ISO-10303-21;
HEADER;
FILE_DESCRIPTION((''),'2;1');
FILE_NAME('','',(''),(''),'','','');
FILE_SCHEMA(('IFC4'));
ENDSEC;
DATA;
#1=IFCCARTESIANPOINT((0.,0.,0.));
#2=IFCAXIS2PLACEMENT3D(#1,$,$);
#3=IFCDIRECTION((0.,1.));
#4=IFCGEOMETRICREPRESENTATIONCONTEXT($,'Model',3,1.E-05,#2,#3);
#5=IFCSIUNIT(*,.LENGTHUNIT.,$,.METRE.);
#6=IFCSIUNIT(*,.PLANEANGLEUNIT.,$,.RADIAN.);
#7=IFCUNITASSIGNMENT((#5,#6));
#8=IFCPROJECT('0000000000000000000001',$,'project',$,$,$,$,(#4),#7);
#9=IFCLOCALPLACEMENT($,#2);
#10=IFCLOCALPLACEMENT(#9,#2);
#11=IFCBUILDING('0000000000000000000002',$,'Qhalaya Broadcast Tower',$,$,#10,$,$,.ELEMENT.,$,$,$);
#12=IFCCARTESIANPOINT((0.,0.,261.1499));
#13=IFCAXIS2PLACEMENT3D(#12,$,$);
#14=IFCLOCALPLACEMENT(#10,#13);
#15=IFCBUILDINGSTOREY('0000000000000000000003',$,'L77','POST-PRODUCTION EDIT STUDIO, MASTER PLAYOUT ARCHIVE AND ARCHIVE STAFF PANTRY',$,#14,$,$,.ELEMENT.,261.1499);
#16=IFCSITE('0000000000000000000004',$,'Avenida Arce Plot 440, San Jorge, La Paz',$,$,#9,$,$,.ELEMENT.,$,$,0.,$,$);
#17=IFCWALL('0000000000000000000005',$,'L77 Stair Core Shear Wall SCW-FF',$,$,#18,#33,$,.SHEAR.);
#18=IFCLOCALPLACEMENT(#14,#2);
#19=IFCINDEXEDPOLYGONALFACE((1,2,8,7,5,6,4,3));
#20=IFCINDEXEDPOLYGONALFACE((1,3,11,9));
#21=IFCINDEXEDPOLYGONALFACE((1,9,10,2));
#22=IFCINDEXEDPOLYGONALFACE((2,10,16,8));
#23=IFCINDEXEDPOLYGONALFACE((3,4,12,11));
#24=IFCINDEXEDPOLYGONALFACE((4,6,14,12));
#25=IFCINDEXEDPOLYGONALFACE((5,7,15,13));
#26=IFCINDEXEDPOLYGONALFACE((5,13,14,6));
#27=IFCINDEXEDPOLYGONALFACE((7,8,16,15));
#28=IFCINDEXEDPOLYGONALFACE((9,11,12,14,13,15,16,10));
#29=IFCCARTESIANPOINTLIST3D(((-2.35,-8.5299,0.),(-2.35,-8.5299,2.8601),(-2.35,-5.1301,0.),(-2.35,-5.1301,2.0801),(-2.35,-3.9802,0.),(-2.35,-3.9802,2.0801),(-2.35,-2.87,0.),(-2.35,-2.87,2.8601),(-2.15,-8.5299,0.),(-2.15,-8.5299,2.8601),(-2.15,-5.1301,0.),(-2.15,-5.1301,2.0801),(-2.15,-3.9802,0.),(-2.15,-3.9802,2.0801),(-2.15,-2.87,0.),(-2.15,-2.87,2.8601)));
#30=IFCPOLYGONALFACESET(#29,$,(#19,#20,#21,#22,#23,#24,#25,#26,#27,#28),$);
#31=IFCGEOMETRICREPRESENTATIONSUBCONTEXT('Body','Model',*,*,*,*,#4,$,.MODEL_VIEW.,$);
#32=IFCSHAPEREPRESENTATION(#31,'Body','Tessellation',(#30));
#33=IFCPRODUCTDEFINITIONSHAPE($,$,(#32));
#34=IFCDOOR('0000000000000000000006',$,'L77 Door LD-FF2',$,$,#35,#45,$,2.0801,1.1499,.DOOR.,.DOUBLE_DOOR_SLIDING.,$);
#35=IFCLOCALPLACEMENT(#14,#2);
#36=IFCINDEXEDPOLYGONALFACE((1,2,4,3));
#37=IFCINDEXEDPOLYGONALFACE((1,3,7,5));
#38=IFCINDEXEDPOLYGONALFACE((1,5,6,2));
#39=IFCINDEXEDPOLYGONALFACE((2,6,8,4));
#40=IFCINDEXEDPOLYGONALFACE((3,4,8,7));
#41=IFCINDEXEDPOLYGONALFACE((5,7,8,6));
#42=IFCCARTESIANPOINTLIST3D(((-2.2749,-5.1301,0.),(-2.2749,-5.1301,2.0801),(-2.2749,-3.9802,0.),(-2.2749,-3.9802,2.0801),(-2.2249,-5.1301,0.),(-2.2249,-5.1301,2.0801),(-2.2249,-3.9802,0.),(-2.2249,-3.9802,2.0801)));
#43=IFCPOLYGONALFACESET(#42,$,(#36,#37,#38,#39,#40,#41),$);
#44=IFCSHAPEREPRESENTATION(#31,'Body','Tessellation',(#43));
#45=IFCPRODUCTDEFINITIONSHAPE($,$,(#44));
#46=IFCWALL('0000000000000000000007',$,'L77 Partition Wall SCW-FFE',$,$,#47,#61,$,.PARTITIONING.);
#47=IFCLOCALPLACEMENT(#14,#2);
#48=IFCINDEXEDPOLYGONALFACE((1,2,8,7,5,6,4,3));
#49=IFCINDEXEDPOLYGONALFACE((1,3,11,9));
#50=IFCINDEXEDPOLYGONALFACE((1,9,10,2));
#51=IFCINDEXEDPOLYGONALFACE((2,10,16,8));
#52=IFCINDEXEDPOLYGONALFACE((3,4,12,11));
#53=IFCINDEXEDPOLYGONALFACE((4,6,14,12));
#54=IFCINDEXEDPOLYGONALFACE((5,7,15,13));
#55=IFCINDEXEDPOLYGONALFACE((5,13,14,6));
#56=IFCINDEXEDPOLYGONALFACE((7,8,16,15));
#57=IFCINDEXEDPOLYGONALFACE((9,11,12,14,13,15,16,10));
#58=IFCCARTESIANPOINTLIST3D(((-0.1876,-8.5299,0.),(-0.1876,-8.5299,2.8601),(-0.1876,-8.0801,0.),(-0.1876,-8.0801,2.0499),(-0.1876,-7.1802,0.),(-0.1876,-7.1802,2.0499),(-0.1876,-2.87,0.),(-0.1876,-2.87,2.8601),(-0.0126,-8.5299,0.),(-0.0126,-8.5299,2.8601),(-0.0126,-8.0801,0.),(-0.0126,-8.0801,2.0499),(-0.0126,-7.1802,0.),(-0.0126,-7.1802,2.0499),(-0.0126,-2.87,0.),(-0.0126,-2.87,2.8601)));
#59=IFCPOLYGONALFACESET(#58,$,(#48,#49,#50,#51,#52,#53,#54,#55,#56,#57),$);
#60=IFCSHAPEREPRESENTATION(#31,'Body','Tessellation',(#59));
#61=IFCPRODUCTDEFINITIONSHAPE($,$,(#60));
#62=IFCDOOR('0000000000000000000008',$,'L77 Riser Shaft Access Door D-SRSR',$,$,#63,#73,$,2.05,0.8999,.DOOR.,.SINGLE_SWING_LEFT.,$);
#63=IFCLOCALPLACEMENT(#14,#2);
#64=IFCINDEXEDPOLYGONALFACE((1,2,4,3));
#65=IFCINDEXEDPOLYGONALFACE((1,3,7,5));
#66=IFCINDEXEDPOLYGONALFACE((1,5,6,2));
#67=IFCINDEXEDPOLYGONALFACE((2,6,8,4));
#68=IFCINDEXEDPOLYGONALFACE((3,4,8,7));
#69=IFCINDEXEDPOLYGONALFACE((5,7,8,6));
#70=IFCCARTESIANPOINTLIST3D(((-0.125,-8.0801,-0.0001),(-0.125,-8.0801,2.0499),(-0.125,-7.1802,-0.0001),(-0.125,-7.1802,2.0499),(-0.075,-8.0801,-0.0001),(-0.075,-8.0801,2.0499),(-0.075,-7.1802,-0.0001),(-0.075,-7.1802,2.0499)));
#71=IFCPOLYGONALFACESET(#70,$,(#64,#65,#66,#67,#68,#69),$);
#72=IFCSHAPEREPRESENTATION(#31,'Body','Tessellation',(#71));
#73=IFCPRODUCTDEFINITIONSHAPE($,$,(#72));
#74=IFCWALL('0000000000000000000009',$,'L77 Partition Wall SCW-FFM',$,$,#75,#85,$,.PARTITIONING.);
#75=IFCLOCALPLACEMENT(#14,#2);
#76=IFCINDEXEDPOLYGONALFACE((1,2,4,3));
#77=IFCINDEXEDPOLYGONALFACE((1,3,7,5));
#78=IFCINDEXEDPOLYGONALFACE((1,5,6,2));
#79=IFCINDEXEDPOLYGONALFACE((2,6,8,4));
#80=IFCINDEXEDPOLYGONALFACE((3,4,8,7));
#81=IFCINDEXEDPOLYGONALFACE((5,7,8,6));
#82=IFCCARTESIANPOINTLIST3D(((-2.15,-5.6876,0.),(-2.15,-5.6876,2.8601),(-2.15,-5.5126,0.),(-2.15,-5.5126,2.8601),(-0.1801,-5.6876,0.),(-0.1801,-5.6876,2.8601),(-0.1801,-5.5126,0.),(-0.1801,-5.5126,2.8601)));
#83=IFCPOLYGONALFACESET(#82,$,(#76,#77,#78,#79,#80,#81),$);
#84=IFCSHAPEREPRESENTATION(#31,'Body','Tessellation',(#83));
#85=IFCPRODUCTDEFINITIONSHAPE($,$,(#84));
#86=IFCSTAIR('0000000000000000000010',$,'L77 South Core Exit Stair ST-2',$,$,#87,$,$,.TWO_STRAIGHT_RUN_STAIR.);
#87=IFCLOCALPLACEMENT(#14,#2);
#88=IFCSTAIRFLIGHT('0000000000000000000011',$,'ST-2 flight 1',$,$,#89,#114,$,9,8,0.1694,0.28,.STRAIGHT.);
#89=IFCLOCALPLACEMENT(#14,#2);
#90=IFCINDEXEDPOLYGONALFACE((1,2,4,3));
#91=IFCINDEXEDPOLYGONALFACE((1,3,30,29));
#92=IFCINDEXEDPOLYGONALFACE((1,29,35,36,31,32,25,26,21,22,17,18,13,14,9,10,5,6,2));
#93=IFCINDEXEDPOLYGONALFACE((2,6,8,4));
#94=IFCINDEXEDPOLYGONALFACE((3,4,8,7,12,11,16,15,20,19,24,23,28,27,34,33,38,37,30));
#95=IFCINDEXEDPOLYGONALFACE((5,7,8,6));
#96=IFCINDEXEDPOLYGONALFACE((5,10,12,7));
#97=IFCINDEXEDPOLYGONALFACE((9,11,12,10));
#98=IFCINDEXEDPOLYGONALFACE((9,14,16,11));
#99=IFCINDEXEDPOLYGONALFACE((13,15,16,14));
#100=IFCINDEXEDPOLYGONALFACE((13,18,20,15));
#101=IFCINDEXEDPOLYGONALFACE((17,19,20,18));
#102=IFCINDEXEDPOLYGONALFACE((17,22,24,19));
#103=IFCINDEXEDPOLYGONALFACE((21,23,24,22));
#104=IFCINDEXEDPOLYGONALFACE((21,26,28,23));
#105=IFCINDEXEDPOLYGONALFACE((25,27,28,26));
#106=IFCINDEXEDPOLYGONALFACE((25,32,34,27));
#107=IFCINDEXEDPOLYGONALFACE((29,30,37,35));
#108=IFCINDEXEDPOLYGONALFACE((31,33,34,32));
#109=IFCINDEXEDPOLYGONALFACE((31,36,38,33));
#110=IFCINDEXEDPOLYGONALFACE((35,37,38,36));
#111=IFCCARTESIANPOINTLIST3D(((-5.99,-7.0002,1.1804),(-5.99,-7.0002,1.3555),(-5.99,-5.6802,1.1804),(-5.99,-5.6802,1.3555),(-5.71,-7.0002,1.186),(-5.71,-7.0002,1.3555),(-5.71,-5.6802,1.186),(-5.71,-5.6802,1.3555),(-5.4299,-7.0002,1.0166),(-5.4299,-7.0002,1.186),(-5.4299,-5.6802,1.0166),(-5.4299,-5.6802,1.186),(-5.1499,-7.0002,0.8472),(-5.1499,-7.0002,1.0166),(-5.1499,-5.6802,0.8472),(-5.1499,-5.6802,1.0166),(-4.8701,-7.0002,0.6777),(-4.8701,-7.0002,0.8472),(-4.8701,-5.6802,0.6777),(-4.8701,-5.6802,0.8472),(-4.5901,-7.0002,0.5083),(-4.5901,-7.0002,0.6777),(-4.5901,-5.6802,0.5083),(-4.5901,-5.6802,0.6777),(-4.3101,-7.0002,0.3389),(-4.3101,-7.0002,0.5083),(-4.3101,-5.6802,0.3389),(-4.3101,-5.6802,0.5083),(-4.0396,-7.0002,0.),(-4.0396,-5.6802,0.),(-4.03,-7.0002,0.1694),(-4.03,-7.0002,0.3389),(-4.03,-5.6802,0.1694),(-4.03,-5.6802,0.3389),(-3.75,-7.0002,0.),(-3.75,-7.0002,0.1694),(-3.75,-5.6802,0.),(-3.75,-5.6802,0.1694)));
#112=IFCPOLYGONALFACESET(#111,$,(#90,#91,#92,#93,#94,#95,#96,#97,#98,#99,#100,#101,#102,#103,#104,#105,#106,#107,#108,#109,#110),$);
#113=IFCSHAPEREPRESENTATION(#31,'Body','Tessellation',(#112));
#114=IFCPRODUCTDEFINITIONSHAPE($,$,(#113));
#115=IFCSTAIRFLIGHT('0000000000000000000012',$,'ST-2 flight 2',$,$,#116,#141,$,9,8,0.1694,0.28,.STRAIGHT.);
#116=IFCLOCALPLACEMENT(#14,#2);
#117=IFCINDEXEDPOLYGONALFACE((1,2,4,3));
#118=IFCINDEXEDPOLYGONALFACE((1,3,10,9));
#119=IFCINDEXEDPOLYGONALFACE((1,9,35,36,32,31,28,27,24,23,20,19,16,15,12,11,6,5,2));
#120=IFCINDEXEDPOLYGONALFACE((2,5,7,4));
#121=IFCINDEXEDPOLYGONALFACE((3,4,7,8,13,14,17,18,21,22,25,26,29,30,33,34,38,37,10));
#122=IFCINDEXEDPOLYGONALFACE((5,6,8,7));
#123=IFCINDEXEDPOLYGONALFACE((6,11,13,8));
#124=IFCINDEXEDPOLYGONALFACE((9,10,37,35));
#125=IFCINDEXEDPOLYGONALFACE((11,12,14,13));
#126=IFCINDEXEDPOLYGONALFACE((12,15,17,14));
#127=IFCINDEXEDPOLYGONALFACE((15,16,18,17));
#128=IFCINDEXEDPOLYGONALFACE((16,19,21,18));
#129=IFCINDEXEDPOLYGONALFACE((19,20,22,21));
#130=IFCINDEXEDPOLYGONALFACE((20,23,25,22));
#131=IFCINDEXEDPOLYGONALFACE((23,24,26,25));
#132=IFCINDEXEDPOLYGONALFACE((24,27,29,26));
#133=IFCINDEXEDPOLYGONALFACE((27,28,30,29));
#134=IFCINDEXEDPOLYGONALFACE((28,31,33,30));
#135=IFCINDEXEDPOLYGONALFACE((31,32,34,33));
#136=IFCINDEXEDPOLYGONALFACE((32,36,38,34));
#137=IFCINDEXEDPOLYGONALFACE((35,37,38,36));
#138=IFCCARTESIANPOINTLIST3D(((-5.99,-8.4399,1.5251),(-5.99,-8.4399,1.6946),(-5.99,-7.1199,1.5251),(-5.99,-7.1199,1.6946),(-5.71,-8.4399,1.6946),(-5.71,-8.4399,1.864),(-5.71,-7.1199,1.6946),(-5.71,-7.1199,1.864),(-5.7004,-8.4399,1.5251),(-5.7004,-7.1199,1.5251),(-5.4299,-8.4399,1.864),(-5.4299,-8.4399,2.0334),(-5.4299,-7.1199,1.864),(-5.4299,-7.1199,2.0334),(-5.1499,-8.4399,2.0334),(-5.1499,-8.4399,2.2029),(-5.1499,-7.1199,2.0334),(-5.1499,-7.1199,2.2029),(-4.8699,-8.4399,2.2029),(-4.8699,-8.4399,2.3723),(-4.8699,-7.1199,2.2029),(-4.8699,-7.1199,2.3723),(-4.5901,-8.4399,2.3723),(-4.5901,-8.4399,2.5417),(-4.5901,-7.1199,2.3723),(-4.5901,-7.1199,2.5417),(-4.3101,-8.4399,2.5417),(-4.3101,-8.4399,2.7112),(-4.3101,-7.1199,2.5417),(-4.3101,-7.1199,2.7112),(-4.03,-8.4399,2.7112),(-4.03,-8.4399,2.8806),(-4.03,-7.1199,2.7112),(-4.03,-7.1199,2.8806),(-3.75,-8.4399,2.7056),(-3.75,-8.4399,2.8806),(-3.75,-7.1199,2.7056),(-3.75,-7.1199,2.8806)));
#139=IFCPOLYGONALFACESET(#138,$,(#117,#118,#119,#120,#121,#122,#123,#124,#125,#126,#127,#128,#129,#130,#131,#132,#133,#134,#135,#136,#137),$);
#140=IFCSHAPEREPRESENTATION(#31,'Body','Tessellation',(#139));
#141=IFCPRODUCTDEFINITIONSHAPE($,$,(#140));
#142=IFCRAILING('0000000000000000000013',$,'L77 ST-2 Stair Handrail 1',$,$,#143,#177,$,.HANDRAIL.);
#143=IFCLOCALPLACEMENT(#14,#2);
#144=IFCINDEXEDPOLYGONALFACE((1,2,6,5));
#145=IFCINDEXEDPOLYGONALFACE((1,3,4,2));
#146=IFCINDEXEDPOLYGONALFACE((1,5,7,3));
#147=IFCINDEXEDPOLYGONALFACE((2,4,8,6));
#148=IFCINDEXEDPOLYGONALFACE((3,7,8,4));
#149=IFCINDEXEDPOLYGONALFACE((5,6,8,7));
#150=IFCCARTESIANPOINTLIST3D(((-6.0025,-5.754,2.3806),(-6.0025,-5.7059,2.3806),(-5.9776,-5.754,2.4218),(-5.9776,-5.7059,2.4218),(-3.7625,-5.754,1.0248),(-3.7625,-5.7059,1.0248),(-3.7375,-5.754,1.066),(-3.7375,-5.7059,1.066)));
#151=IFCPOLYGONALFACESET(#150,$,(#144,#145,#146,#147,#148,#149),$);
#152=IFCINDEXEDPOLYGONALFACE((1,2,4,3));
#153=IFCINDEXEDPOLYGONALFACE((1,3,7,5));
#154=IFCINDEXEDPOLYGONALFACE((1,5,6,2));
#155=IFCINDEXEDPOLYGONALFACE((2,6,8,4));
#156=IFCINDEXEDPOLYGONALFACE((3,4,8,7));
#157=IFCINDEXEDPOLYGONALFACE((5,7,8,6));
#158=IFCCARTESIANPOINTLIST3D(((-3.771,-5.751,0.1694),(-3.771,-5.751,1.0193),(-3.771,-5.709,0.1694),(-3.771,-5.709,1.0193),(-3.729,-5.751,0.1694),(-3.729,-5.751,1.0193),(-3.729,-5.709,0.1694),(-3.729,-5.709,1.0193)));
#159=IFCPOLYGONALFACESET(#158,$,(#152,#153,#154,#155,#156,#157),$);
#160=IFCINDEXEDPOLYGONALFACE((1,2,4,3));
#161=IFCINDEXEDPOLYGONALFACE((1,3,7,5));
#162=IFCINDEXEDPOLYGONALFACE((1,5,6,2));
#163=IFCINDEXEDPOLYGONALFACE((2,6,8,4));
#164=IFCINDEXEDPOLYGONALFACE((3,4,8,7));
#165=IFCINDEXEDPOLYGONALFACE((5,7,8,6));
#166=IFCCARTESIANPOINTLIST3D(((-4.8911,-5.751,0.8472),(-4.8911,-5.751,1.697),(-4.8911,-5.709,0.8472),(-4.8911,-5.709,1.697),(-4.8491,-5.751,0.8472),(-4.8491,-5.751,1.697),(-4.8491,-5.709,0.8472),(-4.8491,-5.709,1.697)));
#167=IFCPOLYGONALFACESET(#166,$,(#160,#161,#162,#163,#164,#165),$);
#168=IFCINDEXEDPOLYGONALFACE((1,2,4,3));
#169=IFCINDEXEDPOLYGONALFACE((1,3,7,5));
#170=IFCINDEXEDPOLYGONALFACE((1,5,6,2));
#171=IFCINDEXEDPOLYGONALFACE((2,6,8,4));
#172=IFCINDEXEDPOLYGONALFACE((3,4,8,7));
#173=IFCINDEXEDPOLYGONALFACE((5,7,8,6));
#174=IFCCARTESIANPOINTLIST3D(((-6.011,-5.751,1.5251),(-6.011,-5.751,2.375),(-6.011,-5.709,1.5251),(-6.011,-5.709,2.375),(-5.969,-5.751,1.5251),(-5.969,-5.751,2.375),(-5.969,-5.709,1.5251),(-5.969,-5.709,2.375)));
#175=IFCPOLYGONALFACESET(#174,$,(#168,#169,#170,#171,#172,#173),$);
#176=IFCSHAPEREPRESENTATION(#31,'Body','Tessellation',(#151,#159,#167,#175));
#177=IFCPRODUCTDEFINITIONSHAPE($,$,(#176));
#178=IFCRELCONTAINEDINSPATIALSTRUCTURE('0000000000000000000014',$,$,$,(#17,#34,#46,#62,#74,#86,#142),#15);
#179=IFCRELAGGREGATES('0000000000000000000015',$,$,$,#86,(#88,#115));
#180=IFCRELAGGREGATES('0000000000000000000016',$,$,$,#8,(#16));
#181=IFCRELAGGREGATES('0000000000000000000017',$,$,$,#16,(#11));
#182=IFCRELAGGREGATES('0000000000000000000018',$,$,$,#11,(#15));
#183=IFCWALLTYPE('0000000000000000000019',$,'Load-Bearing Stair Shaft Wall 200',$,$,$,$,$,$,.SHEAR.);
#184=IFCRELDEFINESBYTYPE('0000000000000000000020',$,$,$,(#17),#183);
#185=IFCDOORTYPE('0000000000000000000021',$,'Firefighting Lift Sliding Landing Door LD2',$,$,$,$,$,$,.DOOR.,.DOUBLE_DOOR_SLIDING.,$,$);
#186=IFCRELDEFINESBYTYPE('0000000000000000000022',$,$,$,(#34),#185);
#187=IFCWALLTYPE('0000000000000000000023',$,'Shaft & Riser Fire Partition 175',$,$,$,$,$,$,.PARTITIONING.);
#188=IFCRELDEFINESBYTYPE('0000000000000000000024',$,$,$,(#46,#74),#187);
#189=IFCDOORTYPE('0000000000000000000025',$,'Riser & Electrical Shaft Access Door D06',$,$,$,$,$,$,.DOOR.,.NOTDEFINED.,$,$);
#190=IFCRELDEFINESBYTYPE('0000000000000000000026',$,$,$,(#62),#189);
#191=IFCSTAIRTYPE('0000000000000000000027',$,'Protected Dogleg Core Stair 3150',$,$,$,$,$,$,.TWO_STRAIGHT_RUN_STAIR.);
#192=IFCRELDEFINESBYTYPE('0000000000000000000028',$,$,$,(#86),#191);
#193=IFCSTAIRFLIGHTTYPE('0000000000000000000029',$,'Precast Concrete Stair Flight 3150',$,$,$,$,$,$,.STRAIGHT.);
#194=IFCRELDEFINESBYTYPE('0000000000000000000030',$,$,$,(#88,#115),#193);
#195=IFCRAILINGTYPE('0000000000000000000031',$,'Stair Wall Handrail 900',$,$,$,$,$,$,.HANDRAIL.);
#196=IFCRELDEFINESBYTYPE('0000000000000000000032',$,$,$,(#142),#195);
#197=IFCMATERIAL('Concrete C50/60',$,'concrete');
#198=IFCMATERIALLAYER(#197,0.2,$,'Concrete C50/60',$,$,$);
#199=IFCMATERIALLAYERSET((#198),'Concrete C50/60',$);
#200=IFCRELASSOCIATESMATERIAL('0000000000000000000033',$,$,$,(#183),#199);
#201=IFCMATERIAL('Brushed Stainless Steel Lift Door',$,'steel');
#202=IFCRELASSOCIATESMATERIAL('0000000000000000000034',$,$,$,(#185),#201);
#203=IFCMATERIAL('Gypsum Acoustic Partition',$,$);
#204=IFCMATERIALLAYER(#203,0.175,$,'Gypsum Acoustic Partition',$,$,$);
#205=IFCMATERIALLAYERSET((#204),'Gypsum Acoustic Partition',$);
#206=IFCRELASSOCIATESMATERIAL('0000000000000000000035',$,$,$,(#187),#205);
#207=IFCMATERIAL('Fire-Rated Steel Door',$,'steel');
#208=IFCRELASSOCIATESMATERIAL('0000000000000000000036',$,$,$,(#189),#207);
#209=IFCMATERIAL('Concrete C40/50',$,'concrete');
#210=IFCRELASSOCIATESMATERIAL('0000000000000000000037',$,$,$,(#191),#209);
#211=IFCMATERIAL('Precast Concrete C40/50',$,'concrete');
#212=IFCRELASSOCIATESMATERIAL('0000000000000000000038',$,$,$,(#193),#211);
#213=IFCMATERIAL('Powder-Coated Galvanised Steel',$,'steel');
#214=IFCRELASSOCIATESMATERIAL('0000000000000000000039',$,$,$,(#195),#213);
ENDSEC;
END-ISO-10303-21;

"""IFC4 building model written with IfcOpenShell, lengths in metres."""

from ifc_helpers import new_model, si_unit, direction, frame, frame_2d, origin, origin_2d, place, context, subcontext, project, spatial, polyline, rectangle, outline, extrude, material, layer, layer_set, type_object, element, fill, aggregate, save


model = new_model("IFC4")

# Units and contexts
model_context = context("Model", 3, precision=1e-05, world=origin(), true_north=direction((0.0, 1.0)))
body_context = subcontext(model_context, "Body", "Model", "MODEL_VIEW")
ifc_project = project(units=[si_unit("LENGTHUNIT", "METRE"), si_unit("PLANEANGLEUNIT", "RADIAN")], contexts=[model_context])

# Site, building, storey
site_placement = place(None, origin())
site = spatial("IfcSite", under=ifc_project, at=site_placement, Name="Avenida Arce Plot 440, San Jorge, La Paz", CompositionType="ELEMENT", RefElevation=0.0)
building_placement = place(site_placement, origin())
building = spatial("IfcBuilding", under=site, at=building_placement, Name="Qhalaya Broadcast Tower", CompositionType="ELEMENT")
storey_placement = place(building_placement, frame((0.0, 0.0, 261.1499)))
storey = spatial("IfcBuildingStorey", under=building, at=storey_placement, Name="L77", Description="POST-PRODUCTION EDIT STUDIO, MASTER PLAYOUT ARCHIVE AND ARCHIVE STAFF PANTRY", CompositionType="ELEMENT", Elevation=261.1499)

# Shared definitions
ifc_material_1 = material(Name="Concrete C50/60", Category="concrete")

# Walls, openings, doors
ifc_layer_1 = layer(ifc_material_1, 0.2, Name="Concrete C50/60")
ifc_layer_set_1 = layer_set([ifc_layer_1], Name="Concrete C50/60")
wall_type_1 = type_object("IfcWallType", Name="Load-Bearing Stair Shaft Wall 200", PredefinedType="SHEAR", material=ifc_layer_set_1)
ifc_material_2 = material(Name="Fire-Rated Steel Door", Category="steel")
wall_1_placement = place(storey_placement, frame((-2.25, -8.53, 0.0), z_axis=(0.0, 0.0, 1.0), x_axis=(0.0, 1.0, 0.0)))
wall_1 = element("IfcWall", 1, at=wall_1_placement, inside=storey, type_object=wall_type_1, Name="L77 Stair Core Shear Wall SCW-FF", PredefinedType="SHEAR", context=body_context, shape_type="SweptSolid", body=[
    extrude(rectangle(XDim=5.6599, YDim=0.2, at=frame_2d((2.8301, 0.0))), origin(), (0.0, 0.0, 1.0), 2.8601),
])
opening_1_placement = place(wall_1_placement, frame((3.3999, 0.0, 0.0)))
opening_1 = element("IfcOpeningElement", 2, at=opening_1_placement, cuts=wall_1, PredefinedType="OPENING", context=body_context, shape_type="SweptSolid", body=[
    extrude(rectangle(XDim=1.1499, YDim=2.0801, at=frame_2d((0.575, 1.04))), frame((0.0, 0.1121, 0.0), z_axis=(0.0, -1.0, 0.0), x_axis=(1.0, 0.0, 0.0)), (0.0, 0.0, 1.0), 0.2239),
])
ifc_material_3 = material(Name="Brushed Stainless Steel Lift Door", Category="steel")
door_type_1 = type_object("IfcDoorType", Name="Firefighting Lift Sliding Landing Door LD2", OperationType="DOUBLE_DOOR_SLIDING", PredefinedType="DOOR", material=ifc_material_3)
door_1_placement = place(opening_1_placement, origin())
door_1 = element("IfcDoor", 3, at=door_1_placement, inside=storey, type_object=door_type_1, Name="L77 Door LD-FF2", OperationType="DOUBLE_DOOR_SLIDING", OverallHeight=2.0801, OverallWidth=1.1499, PredefinedType="DOOR", context=body_context, shape_type="SweptSolid", body=[
    extrude(rectangle(XDim=1.1499, YDim=2.0801, at=frame_2d((0.575, 1.04))), frame((0.0, 0.0249, 0.0), z_axis=(0.0, -1.0, 0.0), x_axis=(1.0, 0.0, 0.0)), (0.0, 0.0, 1.0), 0.05),
])
fill(opening_1, door_1)
ifc_material_4 = material(Name="Gypsum Acoustic Partition")
ifc_layer_2 = layer(ifc_material_4, 0.175, Name="Gypsum Acoustic Partition")
ifc_layer_set_2 = layer_set([ifc_layer_2], Name="Gypsum Acoustic Partition")
wall_type_2 = type_object("IfcWallType", Name="Shaft & Riser Fire Partition 175", PredefinedType="PARTITIONING", material=ifc_layer_set_2)
wall_2_placement = place(storey_placement, frame((-0.1001, -8.53, 0.0), z_axis=(0.0, 0.0, 1.0), x_axis=(0.0, 1.0, 0.0)))
wall_2 = element("IfcWall", 4, at=wall_2_placement, inside=storey, type_object=wall_type_2, Name="L77 Partition Wall SCW-FFE", PredefinedType="PARTITIONING", context=body_context, shape_type="SweptSolid", body=[
    extrude(rectangle(XDim=5.6599, YDim=0.175, at=frame_2d((2.8301, 0.0))), origin(), (0.0, 0.0, 1.0), 2.8601),
])
opening_2_placement = place(wall_2_placement, frame((0.45, 0.0, 0.0)))
opening_2 = element("IfcOpeningElement", 5, at=opening_2_placement, cuts=wall_2, PredefinedType="OPENING", context=body_context, shape_type="SweptSolid", body=[
    extrude(rectangle(XDim=0.8999, YDim=2.05, at=frame_2d((0.45, 1.0249))), frame((0.0, 0.0996, 0.0), z_axis=(0.0, -1.0, 0.0), x_axis=(1.0, 0.0, 0.0)), (0.0, 0.0, 1.0), 0.199),
])
door_type_2 = type_object("IfcDoorType", Name="Riser & Electrical Shaft Access Door D06", OperationType="NOTDEFINED", PredefinedType="DOOR", material=ifc_material_2)
door_2_placement = place(opening_2_placement, origin())
door_2 = element("IfcDoor", 6, at=door_2_placement, inside=storey, type_object=door_type_2, Name="L77 Riser Shaft Access Door D-SRSR", OperationType="SINGLE_SWING_LEFT", OverallHeight=2.05, OverallWidth=0.8999, PredefinedType="DOOR", context=body_context, shape_type="SweptSolid", body=[
    extrude(rectangle(XDim=0.8999, YDim=2.05, at=frame_2d((0.45, 1.0249))), frame((0.0, 0.0249, 0.0), z_axis=(0.0, -1.0, 0.0), x_axis=(1.0, 0.0, 0.0)), (0.0, 0.0, 1.0), 0.05),
])
fill(opening_2, door_2)

# Wall
wall_3_placement = place(storey_placement, frame((-2.1499, -5.6001, 0.0), z_axis=(0.0, 0.0, 1.0), x_axis=(1.0, 0.0, 0.0)))
element("IfcWall", 7, at=wall_3_placement, inside=storey, type_object=wall_type_2, Name="L77 Partition Wall SCW-FFM", PredefinedType="PARTITIONING", context=body_context, shape_type="SweptSolid", body=[
    extrude(rectangle(XDim=1.97, YDim=0.175, at=frame_2d((0.9849, 0.0))), origin(), (0.0, 0.0, 1.0), 2.8601),
])

# Stair, stair flights
ifc_material_5 = material(Name="Concrete C40/50", Category="concrete")
stair_type = type_object("IfcStairType", Name="Protected Dogleg Core Stair 3150", PredefinedType="TWO_STRAIGHT_RUN_STAIR", material=ifc_material_5)
stair_placement = place(storey_placement, origin())
stair = element("IfcStair", 8, at=stair_placement, inside=storey, type_object=stair_type, Name="L77 South Core Exit Stair ST-2", PredefinedType="TWO_STRAIGHT_RUN_STAIR")
ifc_material_6 = material(Name="Precast Concrete C40/50", Category="concrete")
stair_flight_type = type_object("IfcStairFlightType", Name="Precast Concrete Stair Flight 3150", PredefinedType="STRAIGHT", material=ifc_material_6)
stair_flight_1_placement = place(storey_placement, frame((-3.75, -6.3401, 0.0), z_axis=(0.0, 0.0, 1.0), x_axis=(-1.0, 0.0, 0.0)))
stair_flight_1 = element("IfcStairFlight", 9, at=stair_flight_1_placement, type_object=stair_flight_type, Name="ST-2 flight 1", NumberOfRisers=9, NumberOfTreads=8, PredefinedType="STRAIGHT", RiserHeight=0.1694, TreadLength=0.28, context=body_context, shape_type="SweptSolid", body=[
    extrude(outline(polyline([(0.0, 0.0), (0.0, 0.1694), (0.28, 0.1694), (0.28, 0.3389), (0.5601, 0.3389), (0.5601, 0.5083), (0.8401, 0.5083), (0.8401, 0.6777), (1.1201, 0.6777), (1.1201, 0.8472), (1.3999, 0.8472), (1.3999, 1.0166), (1.6799, 1.0166), (1.6799, 1.186), (1.96, 1.186), (1.96, 1.3555), (2.24, 1.3555), (2.24, 1.5249), (2.24, 1.1804), (0.2896, 0.0), (0.0, 0.0)])), frame((0.0, 0.6602, 0.0), z_axis=(0.0, -1.0, 0.0), x_axis=(1.0, 0.0, 0.0)), (0.0, 0.0, 1.0), 1.3201),
])
stair_flight_2_placement = place(storey_placement, frame((-5.99, -7.78, 1.5251), z_axis=(0.0, 0.0, 1.0), x_axis=(1.0, 0.0, 0.0)))
stair_flight_2 = element("IfcStairFlight", 10, at=stair_flight_2_placement, type_object=stair_flight_type, Name="ST-2 flight 2", NumberOfRisers=9, NumberOfTreads=8, PredefinedType="STRAIGHT", RiserHeight=0.1694, TreadLength=0.28, context=body_context, shape_type="SweptSolid", body=[
    extrude(outline(polyline([(0.0, 0.0), (0.0, 0.1694), (0.28, 0.1694), (0.28, 0.3389), (0.5601, 0.3389), (0.5601, 0.5083), (0.8401, 0.5083), (0.8401, 0.6777), (1.1201, 0.6777), (1.1201, 0.8472), (1.3999, 0.8472), (1.3999, 1.0166), (1.6799, 1.0166), (1.6799, 1.186), (1.96, 1.186), (1.96, 1.3555), (2.24, 1.3555), (2.24, 1.5249), (2.24, 1.1804), (0.2896, 0.0), (0.0, 0.0)])), frame((0.0, 0.6602, 0.0), z_axis=(0.0, -1.0, 0.0), x_axis=(1.0, 0.0, 0.0)), (0.0, 0.0, 1.0), 1.3201),
])
aggregate(stair, [stair_flight_1, stair_flight_2])

# Railing
ifc_material_7 = material(Name="Powder-Coated Galvanised Steel", Category="steel")
railing_type_1 = type_object("IfcRailingType", Name="Stair Wall Handrail 900", PredefinedType="HANDRAIL", material=ifc_material_7)
railing_1_placement = place(storey_placement, frame((-3.75, -5.73, 0.1694)))
element("IfcRailing", 11, at=railing_1_placement, inside=storey, type_object=railing_type_1, Name="L77 ST-2 Stair Handrail 1", PredefinedType="HANDRAIL", context=body_context, shape_type="SweptSolid", body=[
    extrude(rectangle(XDim=0.0481, YDim=0.0481, at=origin_2d()), frame((0.0, 0.0, 0.876), z_axis=(-0.855512, 0.0, 0.517783), x_axis=(0.0, -1.0, 0.0)), (0.0, 0.0, 1.0), 2.6184),
    extrude(rectangle(XDim=0.042, YDim=0.042, at=origin_2d()), origin(), (0.0, 0.0, 1.0), 0.8499),
    extrude(rectangle(XDim=0.042, YDim=0.042, at=origin_2d()), frame((-1.1201, 0.0, 0.6777)), (0.0, 0.0, 1.0), 0.8499),
    extrude(rectangle(XDim=0.042, YDim=0.042, at=origin_2d()), frame((-2.24, 0.0, 1.3557)), (0.0, 0.0, 1.0), 0.8499),
])

save(model, "model.ifc")
